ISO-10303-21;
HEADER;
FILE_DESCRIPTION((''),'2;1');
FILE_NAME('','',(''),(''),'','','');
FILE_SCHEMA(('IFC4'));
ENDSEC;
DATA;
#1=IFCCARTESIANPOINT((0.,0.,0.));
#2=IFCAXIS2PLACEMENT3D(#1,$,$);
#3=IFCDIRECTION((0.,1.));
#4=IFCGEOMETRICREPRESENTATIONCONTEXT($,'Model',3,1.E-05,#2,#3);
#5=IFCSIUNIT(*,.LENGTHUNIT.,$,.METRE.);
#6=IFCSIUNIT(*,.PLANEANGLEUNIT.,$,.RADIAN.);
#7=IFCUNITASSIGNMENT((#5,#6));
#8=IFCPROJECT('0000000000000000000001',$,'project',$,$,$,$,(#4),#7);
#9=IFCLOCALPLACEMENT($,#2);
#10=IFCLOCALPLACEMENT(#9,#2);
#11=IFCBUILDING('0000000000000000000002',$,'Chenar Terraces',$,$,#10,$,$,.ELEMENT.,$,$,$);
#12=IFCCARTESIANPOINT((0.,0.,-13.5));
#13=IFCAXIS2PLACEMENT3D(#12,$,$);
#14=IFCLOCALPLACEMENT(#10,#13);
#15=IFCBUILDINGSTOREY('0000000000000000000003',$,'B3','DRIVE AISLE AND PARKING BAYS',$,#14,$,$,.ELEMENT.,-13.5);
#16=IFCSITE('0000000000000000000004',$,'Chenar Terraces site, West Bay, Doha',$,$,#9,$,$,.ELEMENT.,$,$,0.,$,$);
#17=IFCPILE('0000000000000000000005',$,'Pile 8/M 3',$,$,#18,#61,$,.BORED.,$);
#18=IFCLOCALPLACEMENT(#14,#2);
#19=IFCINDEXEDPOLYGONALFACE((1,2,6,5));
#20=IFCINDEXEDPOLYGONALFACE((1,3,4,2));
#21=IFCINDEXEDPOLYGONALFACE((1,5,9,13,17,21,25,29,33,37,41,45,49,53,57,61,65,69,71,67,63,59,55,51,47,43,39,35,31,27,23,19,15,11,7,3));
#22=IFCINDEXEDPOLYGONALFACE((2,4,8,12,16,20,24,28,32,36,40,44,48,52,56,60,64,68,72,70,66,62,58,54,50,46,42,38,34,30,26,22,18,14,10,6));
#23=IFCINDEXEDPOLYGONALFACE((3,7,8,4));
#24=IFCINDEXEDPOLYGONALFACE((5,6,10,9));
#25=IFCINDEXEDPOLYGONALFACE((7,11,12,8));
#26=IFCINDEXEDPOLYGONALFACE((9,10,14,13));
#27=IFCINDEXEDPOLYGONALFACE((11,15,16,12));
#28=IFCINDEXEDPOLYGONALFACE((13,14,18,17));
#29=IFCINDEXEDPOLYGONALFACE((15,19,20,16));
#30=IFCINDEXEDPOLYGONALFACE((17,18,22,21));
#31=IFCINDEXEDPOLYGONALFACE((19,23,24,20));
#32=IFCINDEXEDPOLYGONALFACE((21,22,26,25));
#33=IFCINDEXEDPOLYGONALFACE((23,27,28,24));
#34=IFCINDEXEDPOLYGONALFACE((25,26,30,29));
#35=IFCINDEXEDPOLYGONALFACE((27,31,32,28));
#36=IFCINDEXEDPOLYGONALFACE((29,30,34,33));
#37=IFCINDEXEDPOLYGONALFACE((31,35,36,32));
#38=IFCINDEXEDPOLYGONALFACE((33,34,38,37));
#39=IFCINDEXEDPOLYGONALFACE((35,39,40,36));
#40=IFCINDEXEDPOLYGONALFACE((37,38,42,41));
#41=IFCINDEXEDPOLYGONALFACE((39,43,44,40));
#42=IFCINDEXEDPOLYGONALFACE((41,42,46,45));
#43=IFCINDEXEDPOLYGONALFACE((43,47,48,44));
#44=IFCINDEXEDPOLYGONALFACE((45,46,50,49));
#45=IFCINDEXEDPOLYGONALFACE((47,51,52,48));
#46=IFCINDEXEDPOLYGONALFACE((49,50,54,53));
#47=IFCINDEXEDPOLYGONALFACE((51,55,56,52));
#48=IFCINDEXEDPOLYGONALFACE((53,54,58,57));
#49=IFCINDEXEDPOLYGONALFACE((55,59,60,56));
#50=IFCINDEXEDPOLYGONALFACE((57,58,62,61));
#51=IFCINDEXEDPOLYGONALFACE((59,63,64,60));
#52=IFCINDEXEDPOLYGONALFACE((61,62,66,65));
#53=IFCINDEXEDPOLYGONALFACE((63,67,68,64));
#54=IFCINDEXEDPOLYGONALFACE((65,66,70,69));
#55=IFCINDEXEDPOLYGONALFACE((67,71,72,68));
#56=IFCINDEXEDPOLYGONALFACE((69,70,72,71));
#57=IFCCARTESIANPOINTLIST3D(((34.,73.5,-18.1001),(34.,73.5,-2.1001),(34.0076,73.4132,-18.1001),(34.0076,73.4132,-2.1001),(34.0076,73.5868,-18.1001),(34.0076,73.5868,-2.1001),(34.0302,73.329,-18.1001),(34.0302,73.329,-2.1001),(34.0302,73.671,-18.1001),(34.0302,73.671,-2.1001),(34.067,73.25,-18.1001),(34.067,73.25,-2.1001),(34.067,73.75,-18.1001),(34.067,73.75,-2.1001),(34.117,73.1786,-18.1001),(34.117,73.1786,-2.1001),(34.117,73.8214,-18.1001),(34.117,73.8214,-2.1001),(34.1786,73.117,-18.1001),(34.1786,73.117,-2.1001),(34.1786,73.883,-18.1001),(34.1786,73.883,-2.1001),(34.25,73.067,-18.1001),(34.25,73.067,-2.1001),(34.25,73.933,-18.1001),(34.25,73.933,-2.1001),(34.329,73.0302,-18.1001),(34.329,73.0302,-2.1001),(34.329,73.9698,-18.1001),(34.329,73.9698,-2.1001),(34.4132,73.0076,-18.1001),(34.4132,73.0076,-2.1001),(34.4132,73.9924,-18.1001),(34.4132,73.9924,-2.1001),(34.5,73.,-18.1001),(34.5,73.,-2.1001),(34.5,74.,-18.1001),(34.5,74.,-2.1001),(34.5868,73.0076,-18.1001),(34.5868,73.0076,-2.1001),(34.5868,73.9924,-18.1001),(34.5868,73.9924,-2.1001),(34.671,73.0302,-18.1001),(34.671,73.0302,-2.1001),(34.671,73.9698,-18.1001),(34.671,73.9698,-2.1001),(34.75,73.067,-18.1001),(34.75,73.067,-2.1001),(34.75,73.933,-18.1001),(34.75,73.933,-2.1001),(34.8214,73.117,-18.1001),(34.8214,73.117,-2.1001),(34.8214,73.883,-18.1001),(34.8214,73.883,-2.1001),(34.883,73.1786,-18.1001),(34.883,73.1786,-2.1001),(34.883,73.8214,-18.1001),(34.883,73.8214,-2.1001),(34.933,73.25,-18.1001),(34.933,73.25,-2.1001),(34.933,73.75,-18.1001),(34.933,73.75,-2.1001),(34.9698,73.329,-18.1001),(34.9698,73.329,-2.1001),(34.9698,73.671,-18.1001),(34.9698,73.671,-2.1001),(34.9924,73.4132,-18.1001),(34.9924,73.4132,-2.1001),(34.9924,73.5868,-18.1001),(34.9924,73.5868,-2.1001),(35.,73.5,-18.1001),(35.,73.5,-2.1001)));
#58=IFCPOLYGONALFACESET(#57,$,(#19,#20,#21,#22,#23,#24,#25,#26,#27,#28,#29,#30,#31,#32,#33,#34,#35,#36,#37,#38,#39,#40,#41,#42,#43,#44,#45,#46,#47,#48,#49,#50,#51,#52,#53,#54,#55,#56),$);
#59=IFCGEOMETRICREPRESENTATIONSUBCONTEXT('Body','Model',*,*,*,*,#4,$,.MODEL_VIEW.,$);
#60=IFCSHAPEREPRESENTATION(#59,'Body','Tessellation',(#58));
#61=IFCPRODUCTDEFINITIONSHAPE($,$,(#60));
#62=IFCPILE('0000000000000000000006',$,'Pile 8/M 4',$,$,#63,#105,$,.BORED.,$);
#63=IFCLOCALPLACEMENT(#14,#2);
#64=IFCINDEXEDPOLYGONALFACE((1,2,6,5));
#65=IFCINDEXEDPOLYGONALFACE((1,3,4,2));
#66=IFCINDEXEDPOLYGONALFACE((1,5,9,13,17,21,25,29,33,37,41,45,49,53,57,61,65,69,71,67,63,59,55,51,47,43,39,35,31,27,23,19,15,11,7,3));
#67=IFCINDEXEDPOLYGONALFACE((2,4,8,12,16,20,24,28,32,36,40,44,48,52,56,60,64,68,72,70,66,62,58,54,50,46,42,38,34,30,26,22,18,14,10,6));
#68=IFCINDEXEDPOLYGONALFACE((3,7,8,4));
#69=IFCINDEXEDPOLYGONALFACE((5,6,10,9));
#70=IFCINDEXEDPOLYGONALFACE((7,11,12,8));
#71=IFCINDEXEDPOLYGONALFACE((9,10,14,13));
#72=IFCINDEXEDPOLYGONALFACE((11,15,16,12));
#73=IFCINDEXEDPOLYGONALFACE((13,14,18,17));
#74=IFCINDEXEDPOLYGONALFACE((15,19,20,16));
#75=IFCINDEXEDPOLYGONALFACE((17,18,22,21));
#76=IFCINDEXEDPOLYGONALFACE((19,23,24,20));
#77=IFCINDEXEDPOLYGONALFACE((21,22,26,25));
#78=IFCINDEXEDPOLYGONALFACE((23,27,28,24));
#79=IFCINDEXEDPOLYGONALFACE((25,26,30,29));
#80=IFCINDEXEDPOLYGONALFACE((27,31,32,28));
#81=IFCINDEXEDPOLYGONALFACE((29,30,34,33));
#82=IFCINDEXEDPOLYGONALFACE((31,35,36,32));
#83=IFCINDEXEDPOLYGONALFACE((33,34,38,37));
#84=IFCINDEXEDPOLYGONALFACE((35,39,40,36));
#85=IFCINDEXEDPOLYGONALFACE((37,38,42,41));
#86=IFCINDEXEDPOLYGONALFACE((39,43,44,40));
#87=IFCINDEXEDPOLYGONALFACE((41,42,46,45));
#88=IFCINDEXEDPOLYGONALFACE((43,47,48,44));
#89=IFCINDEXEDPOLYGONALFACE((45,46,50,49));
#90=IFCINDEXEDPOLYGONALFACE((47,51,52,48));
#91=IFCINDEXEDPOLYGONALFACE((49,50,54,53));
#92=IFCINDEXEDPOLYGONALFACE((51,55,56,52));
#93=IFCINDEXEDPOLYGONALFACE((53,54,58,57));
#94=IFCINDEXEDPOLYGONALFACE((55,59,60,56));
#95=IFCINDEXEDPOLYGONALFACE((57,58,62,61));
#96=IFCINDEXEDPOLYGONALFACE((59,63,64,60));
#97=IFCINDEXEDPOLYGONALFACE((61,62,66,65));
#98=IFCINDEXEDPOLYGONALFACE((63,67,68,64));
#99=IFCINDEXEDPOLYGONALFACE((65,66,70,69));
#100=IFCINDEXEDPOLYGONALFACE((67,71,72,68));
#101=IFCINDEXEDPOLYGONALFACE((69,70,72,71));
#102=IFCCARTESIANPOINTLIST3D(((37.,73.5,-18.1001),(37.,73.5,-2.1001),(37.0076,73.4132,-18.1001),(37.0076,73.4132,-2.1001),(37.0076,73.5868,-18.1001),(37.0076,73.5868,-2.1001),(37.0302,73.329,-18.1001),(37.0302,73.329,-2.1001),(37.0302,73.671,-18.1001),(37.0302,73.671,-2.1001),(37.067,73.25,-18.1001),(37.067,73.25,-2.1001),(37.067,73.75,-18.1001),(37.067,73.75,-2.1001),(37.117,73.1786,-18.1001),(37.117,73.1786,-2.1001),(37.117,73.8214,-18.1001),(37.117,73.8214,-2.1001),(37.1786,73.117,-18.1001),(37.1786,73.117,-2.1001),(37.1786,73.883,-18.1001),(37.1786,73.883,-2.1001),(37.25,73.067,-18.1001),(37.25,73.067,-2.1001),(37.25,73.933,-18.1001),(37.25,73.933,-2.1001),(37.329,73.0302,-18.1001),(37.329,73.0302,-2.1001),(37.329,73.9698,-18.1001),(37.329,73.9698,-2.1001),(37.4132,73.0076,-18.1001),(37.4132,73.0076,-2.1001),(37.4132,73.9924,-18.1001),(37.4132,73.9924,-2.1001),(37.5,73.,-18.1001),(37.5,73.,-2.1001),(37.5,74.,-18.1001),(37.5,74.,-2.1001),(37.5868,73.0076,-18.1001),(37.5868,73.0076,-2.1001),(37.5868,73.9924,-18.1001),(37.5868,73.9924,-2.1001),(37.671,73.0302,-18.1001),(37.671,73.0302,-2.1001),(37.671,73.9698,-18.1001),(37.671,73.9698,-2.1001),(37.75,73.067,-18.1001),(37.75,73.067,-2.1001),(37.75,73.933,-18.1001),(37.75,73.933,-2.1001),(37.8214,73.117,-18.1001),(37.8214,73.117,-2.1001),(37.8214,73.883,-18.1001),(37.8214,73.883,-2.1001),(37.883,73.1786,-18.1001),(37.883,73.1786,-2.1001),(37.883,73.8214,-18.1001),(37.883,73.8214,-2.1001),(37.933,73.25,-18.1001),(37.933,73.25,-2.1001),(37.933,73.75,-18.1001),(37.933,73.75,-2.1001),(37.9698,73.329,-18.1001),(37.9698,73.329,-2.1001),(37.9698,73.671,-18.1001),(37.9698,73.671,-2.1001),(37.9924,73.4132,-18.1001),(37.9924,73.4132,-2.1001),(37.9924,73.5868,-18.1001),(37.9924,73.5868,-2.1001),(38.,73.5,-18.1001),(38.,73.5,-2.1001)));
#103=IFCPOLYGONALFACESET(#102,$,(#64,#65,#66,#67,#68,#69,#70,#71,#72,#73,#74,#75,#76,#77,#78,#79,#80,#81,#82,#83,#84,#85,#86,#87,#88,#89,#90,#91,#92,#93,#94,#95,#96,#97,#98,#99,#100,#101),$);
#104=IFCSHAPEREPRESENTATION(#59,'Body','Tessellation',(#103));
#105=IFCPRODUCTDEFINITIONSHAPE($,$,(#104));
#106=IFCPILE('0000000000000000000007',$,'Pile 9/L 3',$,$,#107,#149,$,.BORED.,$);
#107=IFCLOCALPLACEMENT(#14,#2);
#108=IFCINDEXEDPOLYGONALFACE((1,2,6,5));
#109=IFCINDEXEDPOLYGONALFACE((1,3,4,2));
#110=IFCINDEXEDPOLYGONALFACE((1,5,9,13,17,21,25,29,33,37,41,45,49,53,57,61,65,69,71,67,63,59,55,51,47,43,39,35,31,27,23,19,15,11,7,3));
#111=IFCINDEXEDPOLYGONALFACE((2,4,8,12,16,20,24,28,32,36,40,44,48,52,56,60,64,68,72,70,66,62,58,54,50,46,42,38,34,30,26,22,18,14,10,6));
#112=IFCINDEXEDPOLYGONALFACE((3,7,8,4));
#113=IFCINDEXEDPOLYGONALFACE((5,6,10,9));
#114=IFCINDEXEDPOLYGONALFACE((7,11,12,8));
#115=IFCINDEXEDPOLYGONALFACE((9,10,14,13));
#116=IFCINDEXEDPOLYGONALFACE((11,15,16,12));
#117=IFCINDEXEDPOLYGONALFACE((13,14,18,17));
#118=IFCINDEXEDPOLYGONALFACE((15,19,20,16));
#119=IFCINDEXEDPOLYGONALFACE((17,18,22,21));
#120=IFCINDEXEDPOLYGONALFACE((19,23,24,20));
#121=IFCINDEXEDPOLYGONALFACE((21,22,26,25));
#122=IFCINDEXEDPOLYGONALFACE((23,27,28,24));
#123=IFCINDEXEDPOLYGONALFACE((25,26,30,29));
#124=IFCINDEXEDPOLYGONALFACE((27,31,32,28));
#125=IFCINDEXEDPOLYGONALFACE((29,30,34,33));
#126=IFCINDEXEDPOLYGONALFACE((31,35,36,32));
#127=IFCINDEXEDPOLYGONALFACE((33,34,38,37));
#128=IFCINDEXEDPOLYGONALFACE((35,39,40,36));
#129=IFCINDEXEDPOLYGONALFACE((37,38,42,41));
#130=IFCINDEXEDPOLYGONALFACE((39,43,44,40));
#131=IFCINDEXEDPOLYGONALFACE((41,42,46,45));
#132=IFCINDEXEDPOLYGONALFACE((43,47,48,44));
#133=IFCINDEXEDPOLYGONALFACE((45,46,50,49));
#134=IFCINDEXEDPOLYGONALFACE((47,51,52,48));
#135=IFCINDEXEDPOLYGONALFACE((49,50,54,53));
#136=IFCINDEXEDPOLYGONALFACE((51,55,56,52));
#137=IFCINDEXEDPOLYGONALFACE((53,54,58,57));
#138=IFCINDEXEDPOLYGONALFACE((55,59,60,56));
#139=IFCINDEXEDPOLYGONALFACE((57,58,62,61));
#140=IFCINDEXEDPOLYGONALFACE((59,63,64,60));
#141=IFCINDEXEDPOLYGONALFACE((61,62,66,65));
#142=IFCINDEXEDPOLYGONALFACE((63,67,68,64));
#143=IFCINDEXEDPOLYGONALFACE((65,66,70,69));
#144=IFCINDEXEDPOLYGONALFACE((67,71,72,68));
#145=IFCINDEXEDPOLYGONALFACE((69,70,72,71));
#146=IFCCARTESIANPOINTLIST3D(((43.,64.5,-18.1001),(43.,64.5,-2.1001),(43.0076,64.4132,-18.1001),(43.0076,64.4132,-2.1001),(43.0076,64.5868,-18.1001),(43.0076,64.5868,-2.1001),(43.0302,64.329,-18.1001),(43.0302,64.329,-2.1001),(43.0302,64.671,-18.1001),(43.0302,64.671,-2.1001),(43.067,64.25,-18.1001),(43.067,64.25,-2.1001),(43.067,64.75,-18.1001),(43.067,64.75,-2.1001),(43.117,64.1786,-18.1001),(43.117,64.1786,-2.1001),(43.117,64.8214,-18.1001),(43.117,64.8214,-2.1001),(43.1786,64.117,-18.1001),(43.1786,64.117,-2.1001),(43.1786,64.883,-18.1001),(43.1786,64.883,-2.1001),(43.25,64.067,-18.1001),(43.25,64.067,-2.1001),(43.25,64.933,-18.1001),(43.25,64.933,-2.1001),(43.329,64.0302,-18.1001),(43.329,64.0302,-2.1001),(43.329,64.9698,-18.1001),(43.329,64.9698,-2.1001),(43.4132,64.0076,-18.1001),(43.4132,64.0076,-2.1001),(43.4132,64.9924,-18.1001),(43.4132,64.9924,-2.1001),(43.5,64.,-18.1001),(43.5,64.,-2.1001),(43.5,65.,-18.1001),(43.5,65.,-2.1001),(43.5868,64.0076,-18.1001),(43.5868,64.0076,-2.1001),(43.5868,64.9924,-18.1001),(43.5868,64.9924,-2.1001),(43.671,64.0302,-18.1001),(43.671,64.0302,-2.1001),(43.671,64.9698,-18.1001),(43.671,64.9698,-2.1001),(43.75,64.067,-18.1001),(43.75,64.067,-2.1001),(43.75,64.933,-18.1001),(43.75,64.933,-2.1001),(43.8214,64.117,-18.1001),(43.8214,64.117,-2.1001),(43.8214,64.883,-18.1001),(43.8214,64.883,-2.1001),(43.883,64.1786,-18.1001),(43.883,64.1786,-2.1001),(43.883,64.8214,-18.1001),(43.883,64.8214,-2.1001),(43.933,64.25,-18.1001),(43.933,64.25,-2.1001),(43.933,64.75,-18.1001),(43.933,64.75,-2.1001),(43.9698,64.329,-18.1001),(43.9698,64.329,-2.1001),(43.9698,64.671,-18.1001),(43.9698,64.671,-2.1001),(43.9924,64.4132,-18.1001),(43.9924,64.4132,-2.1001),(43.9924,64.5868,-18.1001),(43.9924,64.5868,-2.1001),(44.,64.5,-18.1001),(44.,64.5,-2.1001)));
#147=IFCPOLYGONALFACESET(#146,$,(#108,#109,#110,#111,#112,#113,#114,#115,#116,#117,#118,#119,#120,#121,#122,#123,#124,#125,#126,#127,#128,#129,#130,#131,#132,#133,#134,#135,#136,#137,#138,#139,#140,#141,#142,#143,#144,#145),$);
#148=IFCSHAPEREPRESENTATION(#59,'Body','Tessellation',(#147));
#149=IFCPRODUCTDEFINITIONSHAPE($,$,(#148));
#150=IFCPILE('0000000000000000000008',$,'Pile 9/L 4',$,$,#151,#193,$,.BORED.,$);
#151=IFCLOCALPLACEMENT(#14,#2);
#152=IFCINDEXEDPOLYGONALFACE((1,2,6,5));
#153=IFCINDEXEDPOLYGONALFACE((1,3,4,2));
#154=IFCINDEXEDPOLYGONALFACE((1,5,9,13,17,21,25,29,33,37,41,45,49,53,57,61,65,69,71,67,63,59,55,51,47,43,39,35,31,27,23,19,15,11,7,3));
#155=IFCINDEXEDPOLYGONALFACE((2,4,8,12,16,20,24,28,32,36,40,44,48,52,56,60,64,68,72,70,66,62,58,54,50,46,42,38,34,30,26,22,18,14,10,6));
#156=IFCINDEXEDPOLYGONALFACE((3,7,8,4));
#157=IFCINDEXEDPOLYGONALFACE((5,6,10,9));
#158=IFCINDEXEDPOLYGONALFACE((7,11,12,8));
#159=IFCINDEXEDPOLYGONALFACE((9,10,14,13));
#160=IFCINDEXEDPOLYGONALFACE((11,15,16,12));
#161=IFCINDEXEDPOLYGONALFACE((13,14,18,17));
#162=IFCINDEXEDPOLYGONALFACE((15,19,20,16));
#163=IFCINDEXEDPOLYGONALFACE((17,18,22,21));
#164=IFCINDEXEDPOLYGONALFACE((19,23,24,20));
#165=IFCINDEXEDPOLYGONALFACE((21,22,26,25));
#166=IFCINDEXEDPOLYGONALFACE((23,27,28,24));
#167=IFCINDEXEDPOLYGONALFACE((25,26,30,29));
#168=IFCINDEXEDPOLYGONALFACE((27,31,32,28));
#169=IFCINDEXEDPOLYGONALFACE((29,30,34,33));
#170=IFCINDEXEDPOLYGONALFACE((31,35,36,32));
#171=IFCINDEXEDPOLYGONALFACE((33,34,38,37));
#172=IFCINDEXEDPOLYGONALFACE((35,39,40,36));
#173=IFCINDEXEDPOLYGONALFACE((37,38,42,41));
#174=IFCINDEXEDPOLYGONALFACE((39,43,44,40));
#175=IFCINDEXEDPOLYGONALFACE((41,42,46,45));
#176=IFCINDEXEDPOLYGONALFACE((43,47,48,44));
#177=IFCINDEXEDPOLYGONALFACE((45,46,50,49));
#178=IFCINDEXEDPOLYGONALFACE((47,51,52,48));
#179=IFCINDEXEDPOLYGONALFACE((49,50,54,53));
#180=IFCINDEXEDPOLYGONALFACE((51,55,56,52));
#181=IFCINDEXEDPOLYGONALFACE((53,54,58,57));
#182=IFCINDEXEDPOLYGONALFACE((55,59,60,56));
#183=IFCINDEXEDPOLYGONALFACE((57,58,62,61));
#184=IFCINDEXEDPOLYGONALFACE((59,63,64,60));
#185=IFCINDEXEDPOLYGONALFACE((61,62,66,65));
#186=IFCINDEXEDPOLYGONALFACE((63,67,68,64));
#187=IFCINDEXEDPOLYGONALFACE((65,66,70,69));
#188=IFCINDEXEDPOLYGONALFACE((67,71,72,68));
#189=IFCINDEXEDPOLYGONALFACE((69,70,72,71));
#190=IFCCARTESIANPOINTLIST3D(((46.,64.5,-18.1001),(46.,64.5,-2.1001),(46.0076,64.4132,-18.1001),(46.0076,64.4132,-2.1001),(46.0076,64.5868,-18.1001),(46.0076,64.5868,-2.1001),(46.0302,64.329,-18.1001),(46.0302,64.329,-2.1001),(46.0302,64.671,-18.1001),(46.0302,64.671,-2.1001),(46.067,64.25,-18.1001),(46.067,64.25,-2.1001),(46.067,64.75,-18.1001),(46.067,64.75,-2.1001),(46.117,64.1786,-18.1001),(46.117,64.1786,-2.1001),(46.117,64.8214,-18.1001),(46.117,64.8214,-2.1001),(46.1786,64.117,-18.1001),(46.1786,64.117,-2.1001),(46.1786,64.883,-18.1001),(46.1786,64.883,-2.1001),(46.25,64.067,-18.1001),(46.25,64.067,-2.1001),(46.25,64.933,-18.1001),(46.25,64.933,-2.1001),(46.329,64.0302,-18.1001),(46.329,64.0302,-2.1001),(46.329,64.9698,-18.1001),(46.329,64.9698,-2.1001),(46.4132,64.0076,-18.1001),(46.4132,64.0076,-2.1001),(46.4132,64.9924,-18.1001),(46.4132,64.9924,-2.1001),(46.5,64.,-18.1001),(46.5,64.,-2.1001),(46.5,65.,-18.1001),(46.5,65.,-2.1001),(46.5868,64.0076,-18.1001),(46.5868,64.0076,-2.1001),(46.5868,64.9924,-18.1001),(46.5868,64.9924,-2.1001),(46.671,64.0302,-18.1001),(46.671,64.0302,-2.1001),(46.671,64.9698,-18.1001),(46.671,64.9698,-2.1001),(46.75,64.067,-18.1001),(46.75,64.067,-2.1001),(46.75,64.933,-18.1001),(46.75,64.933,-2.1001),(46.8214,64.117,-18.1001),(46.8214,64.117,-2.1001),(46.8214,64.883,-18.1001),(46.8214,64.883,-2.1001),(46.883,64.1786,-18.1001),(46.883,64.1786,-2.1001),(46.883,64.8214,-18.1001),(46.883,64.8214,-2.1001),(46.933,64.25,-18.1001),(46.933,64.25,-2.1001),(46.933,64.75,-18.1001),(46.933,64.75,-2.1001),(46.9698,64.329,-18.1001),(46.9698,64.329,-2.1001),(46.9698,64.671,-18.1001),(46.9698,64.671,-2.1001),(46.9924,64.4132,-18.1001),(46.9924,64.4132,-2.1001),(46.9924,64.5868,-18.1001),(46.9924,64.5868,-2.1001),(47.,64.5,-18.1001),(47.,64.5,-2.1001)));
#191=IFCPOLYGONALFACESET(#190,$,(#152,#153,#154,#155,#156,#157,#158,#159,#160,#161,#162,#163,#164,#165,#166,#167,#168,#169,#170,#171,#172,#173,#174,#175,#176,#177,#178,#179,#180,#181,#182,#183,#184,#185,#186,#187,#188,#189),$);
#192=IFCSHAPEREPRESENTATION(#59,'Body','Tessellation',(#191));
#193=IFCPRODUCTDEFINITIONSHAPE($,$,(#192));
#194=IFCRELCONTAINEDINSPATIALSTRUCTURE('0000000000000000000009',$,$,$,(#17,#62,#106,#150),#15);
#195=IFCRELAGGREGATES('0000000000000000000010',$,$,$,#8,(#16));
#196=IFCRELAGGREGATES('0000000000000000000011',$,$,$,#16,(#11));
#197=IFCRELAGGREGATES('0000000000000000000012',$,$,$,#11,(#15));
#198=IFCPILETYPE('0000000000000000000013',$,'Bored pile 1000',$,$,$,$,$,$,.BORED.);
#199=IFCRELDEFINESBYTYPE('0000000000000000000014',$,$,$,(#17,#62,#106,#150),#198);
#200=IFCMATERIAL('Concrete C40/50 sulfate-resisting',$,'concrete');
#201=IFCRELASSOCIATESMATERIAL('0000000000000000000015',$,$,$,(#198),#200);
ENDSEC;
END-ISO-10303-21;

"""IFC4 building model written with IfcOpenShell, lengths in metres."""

from ifc_helpers import new_model, si_unit, direction, frame, origin, origin_2d, place, context, subcontext, project, spatial, circle, extrude, material, material_profile, profile_set, type_object, element, save


model = new_model("IFC4")

# Units and contexts
model_context = context("Model", 3, precision=1e-05, world=origin(), true_north=direction((0.0, 1.0)))
body_context = subcontext(model_context, "Body", "Model", "MODEL_VIEW")
ifc_project = project(units=[si_unit("LENGTHUNIT", "METRE"), si_unit("PLANEANGLEUNIT", "RADIAN")], contexts=[model_context])

# Site, building, storey
site_placement = place(None, origin())
site = spatial("IfcSite", under=ifc_project, at=site_placement, Name="Chenar Terraces site, West Bay, Doha", CompositionType="ELEMENT", RefElevation=0.0)
building_placement = place(site_placement, origin())
building = spatial("IfcBuilding", under=site, at=building_placement, Name="Chenar Terraces", CompositionType="ELEMENT")
storey_placement = place(building_placement, frame((0.0, 0.0, -13.5)))
storey = spatial("IfcBuildingStorey", under=building, at=storey_placement, Name="B3", Description="DRIVE AISLE AND PARKING BAYS", CompositionType="ELEMENT", Elevation=-13.5)

# Piles
ifc_material_1 = material(Name="Concrete C40/50 sulfate-resisting", Category="concrete")
ifc_material_profile_1 = material_profile(ifc_material_1, circle(Radius=0.5, at=origin_2d()), Name="BP 1000")
ifc_profile_set_1 = profile_set([ifc_material_profile_1], Name="Concrete C40/50 sulfate-resisting")
pile_type = type_object("IfcPileType", Name="Bored pile 1000", PredefinedType="BORED", material=ifc_profile_set_1)
for number, where, z_axis, x_axis, name in (
    (1, (34.5, 73.5, -2.1001), (0.0, 0.0, -1.0), (1.0, 0.0, 0.0), "Pile 8/M 3"),
    (2, (37.5, 73.5, -2.1001), (0.0, 0.0, -1.0), (1.0, 0.0, 0.0), "Pile 8/M 4"),
    (3, (43.5, 64.5, -2.1001), (0.0, 0.0, -1.0), (1.0, 0.0, 0.0), "Pile 9/L 3"),
    (4, (46.5, 64.5, -2.1001), (0.0, 0.0, -1.0), (1.0, 0.0, 0.0), "Pile 9/L 4"),
):
    element("IfcPile", number, at=place(storey_placement, frame(where, z_axis=z_axis, x_axis=x_axis)), inside=storey, type_object=pile_type, Name=name, PredefinedType="BORED", context=body_context, shape_type="SweptSolid", body=[
        extrude(circle(Radius=0.5, at=origin_2d()), origin(), (0.0, 0.0, 1.0), 16.0),
    ])

save(model, "model.ifc")
